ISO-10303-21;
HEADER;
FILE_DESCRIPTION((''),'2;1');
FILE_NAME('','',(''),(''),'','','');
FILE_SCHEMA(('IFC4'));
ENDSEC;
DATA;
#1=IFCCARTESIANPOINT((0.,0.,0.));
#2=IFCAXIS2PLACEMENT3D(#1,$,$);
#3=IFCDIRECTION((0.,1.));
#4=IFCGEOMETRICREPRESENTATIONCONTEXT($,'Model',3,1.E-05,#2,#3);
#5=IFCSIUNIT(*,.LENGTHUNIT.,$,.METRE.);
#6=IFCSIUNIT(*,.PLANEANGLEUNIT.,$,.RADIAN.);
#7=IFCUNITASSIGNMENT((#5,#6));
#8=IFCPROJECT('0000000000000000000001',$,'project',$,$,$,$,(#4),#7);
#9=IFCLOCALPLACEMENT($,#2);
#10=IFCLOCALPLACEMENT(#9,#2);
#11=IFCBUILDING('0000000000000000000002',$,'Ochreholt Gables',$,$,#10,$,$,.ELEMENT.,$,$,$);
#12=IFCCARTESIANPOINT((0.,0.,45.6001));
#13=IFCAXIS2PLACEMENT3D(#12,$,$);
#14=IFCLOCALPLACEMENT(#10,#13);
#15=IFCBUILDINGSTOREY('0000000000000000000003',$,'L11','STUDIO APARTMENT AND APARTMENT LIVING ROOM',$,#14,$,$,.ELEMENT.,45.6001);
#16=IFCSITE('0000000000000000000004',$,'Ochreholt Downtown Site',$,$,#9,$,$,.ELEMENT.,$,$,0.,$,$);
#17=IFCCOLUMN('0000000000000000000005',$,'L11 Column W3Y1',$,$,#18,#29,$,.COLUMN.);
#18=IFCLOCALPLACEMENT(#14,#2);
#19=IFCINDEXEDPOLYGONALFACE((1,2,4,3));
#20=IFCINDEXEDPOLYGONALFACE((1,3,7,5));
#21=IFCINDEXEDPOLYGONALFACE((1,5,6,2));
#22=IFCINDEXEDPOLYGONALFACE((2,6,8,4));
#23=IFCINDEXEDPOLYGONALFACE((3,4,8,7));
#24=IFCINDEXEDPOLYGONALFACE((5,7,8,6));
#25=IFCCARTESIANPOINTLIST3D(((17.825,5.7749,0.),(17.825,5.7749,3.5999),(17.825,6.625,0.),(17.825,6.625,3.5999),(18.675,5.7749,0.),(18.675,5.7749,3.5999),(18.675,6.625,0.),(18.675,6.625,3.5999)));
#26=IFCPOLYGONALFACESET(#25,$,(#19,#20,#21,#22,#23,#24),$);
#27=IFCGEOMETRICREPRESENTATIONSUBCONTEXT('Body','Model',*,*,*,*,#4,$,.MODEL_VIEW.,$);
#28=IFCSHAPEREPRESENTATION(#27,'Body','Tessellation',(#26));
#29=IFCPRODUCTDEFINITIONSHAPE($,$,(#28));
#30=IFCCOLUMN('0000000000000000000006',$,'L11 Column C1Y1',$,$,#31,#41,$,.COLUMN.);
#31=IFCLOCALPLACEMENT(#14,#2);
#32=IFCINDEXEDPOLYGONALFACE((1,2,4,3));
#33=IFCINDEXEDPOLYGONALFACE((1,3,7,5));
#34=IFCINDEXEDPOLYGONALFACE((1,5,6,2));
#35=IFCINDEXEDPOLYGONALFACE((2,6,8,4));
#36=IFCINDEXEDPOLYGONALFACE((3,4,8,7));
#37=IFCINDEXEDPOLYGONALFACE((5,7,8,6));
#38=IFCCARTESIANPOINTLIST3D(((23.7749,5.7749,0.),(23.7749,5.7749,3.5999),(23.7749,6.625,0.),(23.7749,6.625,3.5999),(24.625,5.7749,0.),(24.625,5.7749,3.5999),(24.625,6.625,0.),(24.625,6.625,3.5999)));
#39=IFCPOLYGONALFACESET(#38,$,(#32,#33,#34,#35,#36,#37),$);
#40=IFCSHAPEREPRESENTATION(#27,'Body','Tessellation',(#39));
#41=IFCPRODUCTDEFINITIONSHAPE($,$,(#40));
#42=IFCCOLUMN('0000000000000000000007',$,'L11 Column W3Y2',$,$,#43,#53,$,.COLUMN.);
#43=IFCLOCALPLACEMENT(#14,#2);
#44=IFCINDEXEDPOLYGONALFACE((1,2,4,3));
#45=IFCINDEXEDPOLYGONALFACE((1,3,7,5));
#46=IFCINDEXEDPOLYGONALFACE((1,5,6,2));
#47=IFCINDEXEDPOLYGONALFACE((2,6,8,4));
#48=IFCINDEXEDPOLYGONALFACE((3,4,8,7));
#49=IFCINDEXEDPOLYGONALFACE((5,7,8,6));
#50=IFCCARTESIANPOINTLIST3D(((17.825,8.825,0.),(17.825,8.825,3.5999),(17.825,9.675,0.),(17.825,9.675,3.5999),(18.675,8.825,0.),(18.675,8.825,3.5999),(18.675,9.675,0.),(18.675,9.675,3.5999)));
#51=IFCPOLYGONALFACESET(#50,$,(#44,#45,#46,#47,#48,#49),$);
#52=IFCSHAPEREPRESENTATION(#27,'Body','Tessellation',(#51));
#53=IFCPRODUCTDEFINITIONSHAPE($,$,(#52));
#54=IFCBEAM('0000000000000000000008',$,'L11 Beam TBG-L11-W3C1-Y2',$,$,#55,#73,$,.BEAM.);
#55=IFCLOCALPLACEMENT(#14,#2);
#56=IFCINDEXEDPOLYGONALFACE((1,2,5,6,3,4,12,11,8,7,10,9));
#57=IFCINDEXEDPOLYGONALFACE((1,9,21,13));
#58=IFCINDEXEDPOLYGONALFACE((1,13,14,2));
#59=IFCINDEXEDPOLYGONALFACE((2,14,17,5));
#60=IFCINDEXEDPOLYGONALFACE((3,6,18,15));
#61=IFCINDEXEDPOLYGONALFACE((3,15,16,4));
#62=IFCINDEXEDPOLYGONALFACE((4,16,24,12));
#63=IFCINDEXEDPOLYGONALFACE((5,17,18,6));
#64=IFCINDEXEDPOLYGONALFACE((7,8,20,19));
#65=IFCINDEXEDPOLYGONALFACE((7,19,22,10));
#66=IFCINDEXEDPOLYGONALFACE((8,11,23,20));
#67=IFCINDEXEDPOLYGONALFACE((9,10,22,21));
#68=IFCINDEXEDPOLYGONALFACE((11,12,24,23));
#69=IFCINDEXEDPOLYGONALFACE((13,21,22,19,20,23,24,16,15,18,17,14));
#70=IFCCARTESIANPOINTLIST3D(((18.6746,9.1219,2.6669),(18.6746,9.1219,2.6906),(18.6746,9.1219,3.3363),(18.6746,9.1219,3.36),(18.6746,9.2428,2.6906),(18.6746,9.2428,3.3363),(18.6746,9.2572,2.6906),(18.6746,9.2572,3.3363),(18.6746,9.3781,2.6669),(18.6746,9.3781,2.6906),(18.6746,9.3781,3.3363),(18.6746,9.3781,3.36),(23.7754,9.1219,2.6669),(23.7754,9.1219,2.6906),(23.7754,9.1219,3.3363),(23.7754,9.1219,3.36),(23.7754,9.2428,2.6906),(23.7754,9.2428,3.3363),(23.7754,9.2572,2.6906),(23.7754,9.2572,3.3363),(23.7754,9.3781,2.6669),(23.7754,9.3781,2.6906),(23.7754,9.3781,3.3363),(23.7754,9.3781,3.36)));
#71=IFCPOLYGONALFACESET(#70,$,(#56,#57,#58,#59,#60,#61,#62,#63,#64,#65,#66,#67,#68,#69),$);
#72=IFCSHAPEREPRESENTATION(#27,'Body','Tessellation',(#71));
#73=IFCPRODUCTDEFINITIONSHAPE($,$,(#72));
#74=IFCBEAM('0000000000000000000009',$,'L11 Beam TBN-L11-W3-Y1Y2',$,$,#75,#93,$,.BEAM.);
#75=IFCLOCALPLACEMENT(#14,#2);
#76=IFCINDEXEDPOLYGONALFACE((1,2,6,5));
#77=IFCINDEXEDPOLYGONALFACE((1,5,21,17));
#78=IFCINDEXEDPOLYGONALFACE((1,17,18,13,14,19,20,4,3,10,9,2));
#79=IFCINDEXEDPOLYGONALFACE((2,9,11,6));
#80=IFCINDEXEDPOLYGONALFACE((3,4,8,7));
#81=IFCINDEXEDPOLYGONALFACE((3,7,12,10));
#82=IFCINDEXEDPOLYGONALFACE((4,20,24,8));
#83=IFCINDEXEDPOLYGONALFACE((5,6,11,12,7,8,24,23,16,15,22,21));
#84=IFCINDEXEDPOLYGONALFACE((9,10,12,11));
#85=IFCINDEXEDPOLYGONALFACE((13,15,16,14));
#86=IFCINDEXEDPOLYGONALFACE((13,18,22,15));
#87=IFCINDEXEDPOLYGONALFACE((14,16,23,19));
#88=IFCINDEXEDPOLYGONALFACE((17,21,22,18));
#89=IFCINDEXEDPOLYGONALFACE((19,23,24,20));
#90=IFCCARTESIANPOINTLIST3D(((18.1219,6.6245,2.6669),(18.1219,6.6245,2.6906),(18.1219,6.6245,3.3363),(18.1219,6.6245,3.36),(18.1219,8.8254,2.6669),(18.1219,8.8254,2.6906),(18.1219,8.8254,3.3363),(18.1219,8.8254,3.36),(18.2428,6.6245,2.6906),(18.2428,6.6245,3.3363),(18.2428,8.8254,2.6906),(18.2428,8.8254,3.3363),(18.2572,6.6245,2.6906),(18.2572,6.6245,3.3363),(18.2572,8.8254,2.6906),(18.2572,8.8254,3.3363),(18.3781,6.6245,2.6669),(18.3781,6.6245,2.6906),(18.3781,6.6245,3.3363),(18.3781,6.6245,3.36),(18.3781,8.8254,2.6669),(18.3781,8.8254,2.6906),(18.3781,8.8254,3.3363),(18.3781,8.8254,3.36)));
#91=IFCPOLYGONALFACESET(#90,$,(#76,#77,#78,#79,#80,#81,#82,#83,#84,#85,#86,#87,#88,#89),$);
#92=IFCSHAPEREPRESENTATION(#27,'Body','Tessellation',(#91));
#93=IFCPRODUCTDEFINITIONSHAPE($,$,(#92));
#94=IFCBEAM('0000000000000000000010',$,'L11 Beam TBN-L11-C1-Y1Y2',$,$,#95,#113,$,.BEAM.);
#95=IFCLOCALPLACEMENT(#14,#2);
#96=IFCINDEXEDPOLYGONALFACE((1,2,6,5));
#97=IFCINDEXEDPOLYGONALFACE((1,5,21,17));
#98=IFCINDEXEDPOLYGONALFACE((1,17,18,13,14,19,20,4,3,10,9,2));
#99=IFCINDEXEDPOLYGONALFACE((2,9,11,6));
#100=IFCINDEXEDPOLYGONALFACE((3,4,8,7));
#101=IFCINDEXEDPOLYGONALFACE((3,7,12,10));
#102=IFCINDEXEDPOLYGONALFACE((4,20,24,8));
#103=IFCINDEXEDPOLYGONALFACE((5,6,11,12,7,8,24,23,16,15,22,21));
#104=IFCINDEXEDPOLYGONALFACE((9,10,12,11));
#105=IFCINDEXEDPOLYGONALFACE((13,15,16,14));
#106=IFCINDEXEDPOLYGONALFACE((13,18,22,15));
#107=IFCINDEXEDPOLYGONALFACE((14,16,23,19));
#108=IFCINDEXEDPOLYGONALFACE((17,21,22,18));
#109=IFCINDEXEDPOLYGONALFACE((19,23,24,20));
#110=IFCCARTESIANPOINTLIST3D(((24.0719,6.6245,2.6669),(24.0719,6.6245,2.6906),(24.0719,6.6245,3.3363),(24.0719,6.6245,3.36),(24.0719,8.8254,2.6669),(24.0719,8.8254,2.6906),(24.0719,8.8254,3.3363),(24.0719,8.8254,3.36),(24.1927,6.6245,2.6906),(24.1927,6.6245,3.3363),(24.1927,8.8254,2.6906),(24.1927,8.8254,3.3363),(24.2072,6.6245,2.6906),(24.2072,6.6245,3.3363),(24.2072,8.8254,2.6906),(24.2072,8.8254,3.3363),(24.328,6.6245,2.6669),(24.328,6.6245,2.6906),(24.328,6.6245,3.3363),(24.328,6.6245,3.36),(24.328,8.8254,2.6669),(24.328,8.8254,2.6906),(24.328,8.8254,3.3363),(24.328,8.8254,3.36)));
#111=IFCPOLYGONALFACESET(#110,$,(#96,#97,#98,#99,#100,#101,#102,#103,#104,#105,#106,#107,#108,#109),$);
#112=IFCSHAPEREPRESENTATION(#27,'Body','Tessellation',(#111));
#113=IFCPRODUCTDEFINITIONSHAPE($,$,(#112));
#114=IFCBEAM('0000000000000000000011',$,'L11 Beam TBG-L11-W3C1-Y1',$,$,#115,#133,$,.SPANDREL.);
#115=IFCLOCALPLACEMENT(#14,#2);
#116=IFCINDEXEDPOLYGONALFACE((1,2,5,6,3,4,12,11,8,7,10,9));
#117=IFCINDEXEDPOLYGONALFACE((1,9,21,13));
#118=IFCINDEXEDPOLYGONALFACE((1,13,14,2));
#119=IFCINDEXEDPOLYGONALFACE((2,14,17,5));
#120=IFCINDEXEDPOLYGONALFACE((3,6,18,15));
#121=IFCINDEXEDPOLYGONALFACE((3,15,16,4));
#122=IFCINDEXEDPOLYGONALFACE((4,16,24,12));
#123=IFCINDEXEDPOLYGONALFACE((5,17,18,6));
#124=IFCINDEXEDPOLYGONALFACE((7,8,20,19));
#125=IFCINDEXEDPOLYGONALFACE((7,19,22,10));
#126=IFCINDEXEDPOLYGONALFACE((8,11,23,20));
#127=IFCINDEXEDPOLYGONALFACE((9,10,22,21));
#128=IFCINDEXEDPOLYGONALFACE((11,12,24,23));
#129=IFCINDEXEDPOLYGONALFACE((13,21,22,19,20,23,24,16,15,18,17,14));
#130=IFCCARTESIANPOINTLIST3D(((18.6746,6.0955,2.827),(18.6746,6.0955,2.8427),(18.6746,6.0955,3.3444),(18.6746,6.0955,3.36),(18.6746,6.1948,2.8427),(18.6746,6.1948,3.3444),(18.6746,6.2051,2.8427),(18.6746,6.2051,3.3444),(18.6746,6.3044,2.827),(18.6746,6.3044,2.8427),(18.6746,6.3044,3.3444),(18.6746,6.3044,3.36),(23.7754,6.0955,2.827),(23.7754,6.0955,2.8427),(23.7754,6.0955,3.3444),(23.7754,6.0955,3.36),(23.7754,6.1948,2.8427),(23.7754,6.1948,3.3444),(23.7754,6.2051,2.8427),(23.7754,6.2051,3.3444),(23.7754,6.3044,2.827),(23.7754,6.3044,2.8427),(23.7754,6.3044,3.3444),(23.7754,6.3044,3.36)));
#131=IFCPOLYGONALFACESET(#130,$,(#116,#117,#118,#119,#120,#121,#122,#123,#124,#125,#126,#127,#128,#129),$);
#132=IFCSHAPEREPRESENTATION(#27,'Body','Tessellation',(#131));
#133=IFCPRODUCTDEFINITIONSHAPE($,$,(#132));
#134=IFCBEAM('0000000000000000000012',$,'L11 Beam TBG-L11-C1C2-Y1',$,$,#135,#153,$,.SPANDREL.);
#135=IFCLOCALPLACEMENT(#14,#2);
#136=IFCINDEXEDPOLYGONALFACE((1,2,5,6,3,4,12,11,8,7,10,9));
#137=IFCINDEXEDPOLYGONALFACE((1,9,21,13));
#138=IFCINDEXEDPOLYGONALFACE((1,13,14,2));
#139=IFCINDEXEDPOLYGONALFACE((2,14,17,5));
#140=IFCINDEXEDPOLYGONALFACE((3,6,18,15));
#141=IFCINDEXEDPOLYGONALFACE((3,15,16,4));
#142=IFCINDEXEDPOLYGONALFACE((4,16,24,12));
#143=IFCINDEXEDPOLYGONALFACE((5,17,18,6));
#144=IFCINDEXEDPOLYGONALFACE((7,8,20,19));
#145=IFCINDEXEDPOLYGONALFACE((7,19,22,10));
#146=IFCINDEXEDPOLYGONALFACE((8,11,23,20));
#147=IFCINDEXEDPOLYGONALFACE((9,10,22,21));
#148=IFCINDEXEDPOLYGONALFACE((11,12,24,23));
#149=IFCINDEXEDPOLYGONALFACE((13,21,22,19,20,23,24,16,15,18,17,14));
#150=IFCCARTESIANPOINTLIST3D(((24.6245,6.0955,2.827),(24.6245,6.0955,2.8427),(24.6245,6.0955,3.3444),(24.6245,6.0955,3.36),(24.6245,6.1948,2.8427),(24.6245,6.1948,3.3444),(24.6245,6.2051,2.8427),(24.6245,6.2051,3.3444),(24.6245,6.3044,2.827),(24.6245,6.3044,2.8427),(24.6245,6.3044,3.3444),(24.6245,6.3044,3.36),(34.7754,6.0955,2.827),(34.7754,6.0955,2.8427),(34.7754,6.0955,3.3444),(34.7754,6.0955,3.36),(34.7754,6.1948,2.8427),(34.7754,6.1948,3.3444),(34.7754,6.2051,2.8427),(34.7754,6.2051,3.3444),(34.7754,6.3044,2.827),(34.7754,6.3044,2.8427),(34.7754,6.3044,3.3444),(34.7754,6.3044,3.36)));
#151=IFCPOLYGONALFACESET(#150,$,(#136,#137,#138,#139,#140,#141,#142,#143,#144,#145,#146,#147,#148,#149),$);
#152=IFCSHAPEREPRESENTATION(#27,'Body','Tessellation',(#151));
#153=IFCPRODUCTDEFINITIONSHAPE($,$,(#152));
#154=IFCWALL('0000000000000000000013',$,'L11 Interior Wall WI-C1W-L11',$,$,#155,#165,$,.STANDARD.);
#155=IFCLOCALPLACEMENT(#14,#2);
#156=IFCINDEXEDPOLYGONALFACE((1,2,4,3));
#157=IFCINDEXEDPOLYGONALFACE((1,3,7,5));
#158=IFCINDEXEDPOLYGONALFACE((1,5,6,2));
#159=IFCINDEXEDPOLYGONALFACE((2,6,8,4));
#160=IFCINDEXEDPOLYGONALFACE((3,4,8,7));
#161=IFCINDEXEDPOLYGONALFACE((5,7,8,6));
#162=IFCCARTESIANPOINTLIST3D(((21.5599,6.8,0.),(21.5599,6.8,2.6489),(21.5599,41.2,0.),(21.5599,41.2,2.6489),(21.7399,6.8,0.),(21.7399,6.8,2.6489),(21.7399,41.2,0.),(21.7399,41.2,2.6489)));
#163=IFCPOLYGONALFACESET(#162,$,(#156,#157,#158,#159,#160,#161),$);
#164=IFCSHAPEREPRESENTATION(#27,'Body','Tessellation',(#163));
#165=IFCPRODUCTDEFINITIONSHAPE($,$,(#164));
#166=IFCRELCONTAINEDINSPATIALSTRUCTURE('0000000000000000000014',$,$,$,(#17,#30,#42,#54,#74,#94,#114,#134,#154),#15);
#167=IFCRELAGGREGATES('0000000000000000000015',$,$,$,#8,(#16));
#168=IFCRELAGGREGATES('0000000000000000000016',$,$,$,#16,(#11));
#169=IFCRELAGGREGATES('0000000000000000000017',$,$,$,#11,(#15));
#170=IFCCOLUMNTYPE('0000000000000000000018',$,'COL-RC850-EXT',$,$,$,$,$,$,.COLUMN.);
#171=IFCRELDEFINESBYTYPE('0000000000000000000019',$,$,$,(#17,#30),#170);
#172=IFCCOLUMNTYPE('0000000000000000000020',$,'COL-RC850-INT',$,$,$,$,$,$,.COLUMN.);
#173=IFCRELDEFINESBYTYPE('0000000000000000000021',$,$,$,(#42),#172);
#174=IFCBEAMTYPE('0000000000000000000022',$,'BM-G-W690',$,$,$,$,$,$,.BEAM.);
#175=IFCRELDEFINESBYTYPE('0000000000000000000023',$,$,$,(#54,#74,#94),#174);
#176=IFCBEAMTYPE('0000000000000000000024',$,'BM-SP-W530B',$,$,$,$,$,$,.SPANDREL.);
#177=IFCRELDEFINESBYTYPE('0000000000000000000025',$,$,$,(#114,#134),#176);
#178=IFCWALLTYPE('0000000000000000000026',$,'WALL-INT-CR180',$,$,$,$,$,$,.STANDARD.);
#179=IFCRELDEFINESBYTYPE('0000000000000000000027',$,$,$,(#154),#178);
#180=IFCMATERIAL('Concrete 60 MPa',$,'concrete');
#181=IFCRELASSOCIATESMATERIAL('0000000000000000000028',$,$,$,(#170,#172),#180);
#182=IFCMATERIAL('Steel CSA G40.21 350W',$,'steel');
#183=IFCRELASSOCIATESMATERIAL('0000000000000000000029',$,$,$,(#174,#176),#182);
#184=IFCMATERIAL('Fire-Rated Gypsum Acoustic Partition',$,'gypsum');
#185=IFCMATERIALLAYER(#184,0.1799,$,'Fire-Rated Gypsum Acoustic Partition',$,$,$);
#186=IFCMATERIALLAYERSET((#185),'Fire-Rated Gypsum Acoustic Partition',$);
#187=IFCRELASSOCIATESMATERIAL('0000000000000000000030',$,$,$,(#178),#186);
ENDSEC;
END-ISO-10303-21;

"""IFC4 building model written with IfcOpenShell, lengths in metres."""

from ifc_helpers import new_model, si_unit, direction, frame, frame_2d, origin, origin_2d, place, context, subcontext, project, spatial, rectangle, i_section, extrude, material, layer, layer_set, material_profile, profile_set, type_object, element, save


model = new_model("IFC4")

# Units and contexts
model_context = context("Model", 3, precision=1e-05, world=origin(), true_north=direction((0.0, 1.0)))
body_context = subcontext(model_context, "Body", "Model", "MODEL_VIEW")
ifc_project = project(units=[si_unit("LENGTHUNIT", "METRE"), si_unit("PLANEANGLEUNIT", "RADIAN")], contexts=[model_context])

# Site, building, storey
site_placement = place(None, origin())
site = spatial("IfcSite", under=ifc_project, at=site_placement, Name="Ochreholt Downtown Site", CompositionType="ELEMENT", RefElevation=0.0)
building_placement = place(site_placement, origin())
building = spatial("IfcBuilding", under=site, at=building_placement, Name="Ochreholt Gables", CompositionType="ELEMENT")
storey_placement = place(building_placement, frame((0.0, 0.0, 45.6001)))
storey = spatial("IfcBuildingStorey", under=building, at=storey_placement, Name="L11", Description="STUDIO APARTMENT AND APARTMENT LIVING ROOM", CompositionType="ELEMENT", Elevation=45.6001)

# Columns
ifc_material_1 = material(Name="Concrete 60 MPa", Category="concrete")
ifc_material_profile_1 = material_profile(ifc_material_1, rectangle(XDim=0.8501, YDim=0.8501, at=origin_2d()), Name="RC850X850")
ifc_profile_set_1 = profile_set([ifc_material_profile_1], Name="Concrete 60 MPa")
column_type_1 = type_object("IfcColumnType", Name="COL-RC850-EXT", PredefinedType="COLUMN", material=ifc_profile_set_1)
for number, where, z_axis, x_axis, name in (
    (1, (18.25, 6.2, 0.0), (0.0, 0.0, 1.0), (1.0, 0.0, 0.0), "L11 Column W3Y1"),
    (2, (24.2, 6.2, 0.0), (0.0, 0.0, 1.0), (1.0, 0.0, 0.0), "L11 Column C1Y1"),
):
    element("IfcColumn", number, at=place(storey_placement, frame(where, z_axis=z_axis, x_axis=x_axis)), inside=storey, type_object=column_type_1, Name=name, PredefinedType="COLUMN", context=body_context, shape_type="SweptSolid", body=[
        extrude(rectangle(XDim=0.8501, YDim=0.8501, at=origin_2d()), origin(), (0.0, 0.0, 1.0), 3.5999),
    ])
ifc_material_profile_2 = material_profile(ifc_material_1, rectangle(XDim=0.8501, YDim=0.8501, at=origin_2d()), Name="RC850X850")
ifc_profile_set_2 = profile_set([ifc_material_profile_2], Name="Concrete 60 MPa")
column_type_2 = type_object("IfcColumnType", Name="COL-RC850-INT", PredefinedType="COLUMN", material=ifc_profile_set_2)
column_placement = place(storey_placement, frame((18.25, 9.25, 0.0), z_axis=(0.0, 0.0, 1.0), x_axis=(1.0, 0.0, 0.0)))
element("IfcColumn", 3, at=column_placement, inside=storey, type_object=column_type_2, Name="L11 Column W3Y2", PredefinedType="COLUMN", context=body_context, shape_type="SweptSolid", body=[
    extrude(rectangle(XDim=0.8501, YDim=0.8501, at=origin_2d()), origin(), (0.0, 0.0, 1.0), 3.5999),
])

# Beams
ifc_material_2 = material(Name="Steel CSA G40.21 350W", Category="steel")
ifc_material_profile_3 = material_profile(ifc_material_2, i_section(OverallWidth=0.2561, OverallDepth=0.6931, WebThickness=0.0144, FlangeThickness=0.0237, at=origin_2d()), Name="W690X170")
ifc_profile_set_3 = profile_set([ifc_material_profile_3], Name="Steel CSA G40.21 350W")
beam_type_1 = type_object("IfcBeamType", Name="BM-G-W690", PredefinedType="BEAM", material=ifc_profile_set_3)
beam_1_placement = place(storey_placement, frame((18.6746, 9.25, 3.0134), z_axis=(1.0, 0.0, 0.0), x_axis=(0.0, 1.0, 0.0)))
element("IfcBeam", 4, at=beam_1_placement, inside=storey, type_object=beam_type_1, Name="L11 Beam TBG-L11-W3C1-Y2", PredefinedType="BEAM", context=body_context, shape_type="SweptSolid", body=[
    extrude(i_section(OverallWidth=0.2561, OverallDepth=0.6931, WebThickness=0.0144, FlangeThickness=0.0237, at=origin_2d()), origin(), (0.0, 0.0, 1.0), 5.1008),
])
for number, where, z_axis, x_axis, name in (
    (5, (18.25, 6.6245, 3.0134), (0.0, 1.0, 0.0), (-1.0, 0.0, 0.0), "L11 Beam TBN-L11-W3-Y1Y2"),
    (6, (24.2, 6.6245, 3.0134), (0.0, 1.0, 0.0), (-1.0, 0.0, 0.0), "L11 Beam TBN-L11-C1-Y1Y2"),
):
    element("IfcBeam", number, at=place(storey_placement, frame(where, z_axis=z_axis, x_axis=x_axis)), inside=storey, type_object=beam_type_1, Name=name, PredefinedType="BEAM", context=body_context, shape_type="SweptSolid", body=[
        extrude(i_section(OverallWidth=0.2561, OverallDepth=0.6931, WebThickness=0.0144, FlangeThickness=0.0237, at=origin_2d()), origin(), (0.0, 0.0, 1.0), 2.2009),
    ])
ifc_material_profile_4 = material_profile(ifc_material_2, i_section(OverallWidth=0.209, OverallDepth=0.533, WebThickness=0.0103, FlangeThickness=0.0156, at=origin_2d()), Name="W530X92")
ifc_profile_set_4 = profile_set([ifc_material_profile_4], Name="Steel CSA G40.21 350W")
beam_type_2 = type_object("IfcBeamType", Name="BM-SP-W530B", PredefinedType="SPANDREL", material=ifc_profile_set_4)
beam_2_placement = place(storey_placement, frame((18.6746, 6.2, 3.0935), z_axis=(1.0, 0.0, 0.0), x_axis=(0.0, 1.0, 0.0)))
element("IfcBeam", 7, at=beam_2_placement, inside=storey, type_object=beam_type_2, Name="L11 Beam TBG-L11-W3C1-Y1", PredefinedType="SPANDREL", context=body_context, shape_type="SweptSolid", body=[
    extrude(i_section(OverallWidth=0.209, OverallDepth=0.533, WebThickness=0.0103, FlangeThickness=0.0156, at=origin_2d()), origin(), (0.0, 0.0, 1.0), 5.1008),
])
beam_3_placement = place(storey_placement, frame((24.6245, 6.2, 3.0935), z_axis=(1.0, 0.0, 0.0), x_axis=(0.0, 1.0, 0.0)))
element("IfcBeam", 8, at=beam_3_placement, inside=storey, type_object=beam_type_2, Name="L11 Beam TBG-L11-C1C2-Y1", PredefinedType="SPANDREL", context=body_context, shape_type="SweptSolid", body=[
    extrude(i_section(OverallWidth=0.209, OverallDepth=0.533, WebThickness=0.0103, FlangeThickness=0.0156, at=origin_2d()), origin(), (0.0, 0.0, 1.0), 10.1509),
])

# Wall
ifc_material_3 = material(Name="Fire-Rated Gypsum Acoustic Partition", Category="gypsum")
ifc_layer_1 = layer(ifc_material_3, 0.1799, Name="Fire-Rated Gypsum Acoustic Partition")
ifc_layer_set_1 = layer_set([ifc_layer_1], Name="Fire-Rated Gypsum Acoustic Partition")
wall_type_1 = type_object("IfcWallType", Name="WALL-INT-CR180", PredefinedType="STANDARD", material=ifc_layer_set_1)
wall_1_placement = place(storey_placement, frame((21.6499, 6.8, 0.0), z_axis=(0.0, 0.0, 1.0), x_axis=(0.0, 1.0, 0.0)))
element("IfcWall", 9, at=wall_1_placement, inside=storey, type_object=wall_type_1, Name="L11 Interior Wall WI-C1W-L11", PredefinedType="STANDARD", context=body_context, shape_type="SweptSolid", body=[
    extrude(rectangle(XDim=34.3999, YDim=0.1799, at=frame_2d((17.2, 0.0))), origin(), (0.0, 0.0, 1.0), 2.6489),
])

save(model, "model.ifc")
